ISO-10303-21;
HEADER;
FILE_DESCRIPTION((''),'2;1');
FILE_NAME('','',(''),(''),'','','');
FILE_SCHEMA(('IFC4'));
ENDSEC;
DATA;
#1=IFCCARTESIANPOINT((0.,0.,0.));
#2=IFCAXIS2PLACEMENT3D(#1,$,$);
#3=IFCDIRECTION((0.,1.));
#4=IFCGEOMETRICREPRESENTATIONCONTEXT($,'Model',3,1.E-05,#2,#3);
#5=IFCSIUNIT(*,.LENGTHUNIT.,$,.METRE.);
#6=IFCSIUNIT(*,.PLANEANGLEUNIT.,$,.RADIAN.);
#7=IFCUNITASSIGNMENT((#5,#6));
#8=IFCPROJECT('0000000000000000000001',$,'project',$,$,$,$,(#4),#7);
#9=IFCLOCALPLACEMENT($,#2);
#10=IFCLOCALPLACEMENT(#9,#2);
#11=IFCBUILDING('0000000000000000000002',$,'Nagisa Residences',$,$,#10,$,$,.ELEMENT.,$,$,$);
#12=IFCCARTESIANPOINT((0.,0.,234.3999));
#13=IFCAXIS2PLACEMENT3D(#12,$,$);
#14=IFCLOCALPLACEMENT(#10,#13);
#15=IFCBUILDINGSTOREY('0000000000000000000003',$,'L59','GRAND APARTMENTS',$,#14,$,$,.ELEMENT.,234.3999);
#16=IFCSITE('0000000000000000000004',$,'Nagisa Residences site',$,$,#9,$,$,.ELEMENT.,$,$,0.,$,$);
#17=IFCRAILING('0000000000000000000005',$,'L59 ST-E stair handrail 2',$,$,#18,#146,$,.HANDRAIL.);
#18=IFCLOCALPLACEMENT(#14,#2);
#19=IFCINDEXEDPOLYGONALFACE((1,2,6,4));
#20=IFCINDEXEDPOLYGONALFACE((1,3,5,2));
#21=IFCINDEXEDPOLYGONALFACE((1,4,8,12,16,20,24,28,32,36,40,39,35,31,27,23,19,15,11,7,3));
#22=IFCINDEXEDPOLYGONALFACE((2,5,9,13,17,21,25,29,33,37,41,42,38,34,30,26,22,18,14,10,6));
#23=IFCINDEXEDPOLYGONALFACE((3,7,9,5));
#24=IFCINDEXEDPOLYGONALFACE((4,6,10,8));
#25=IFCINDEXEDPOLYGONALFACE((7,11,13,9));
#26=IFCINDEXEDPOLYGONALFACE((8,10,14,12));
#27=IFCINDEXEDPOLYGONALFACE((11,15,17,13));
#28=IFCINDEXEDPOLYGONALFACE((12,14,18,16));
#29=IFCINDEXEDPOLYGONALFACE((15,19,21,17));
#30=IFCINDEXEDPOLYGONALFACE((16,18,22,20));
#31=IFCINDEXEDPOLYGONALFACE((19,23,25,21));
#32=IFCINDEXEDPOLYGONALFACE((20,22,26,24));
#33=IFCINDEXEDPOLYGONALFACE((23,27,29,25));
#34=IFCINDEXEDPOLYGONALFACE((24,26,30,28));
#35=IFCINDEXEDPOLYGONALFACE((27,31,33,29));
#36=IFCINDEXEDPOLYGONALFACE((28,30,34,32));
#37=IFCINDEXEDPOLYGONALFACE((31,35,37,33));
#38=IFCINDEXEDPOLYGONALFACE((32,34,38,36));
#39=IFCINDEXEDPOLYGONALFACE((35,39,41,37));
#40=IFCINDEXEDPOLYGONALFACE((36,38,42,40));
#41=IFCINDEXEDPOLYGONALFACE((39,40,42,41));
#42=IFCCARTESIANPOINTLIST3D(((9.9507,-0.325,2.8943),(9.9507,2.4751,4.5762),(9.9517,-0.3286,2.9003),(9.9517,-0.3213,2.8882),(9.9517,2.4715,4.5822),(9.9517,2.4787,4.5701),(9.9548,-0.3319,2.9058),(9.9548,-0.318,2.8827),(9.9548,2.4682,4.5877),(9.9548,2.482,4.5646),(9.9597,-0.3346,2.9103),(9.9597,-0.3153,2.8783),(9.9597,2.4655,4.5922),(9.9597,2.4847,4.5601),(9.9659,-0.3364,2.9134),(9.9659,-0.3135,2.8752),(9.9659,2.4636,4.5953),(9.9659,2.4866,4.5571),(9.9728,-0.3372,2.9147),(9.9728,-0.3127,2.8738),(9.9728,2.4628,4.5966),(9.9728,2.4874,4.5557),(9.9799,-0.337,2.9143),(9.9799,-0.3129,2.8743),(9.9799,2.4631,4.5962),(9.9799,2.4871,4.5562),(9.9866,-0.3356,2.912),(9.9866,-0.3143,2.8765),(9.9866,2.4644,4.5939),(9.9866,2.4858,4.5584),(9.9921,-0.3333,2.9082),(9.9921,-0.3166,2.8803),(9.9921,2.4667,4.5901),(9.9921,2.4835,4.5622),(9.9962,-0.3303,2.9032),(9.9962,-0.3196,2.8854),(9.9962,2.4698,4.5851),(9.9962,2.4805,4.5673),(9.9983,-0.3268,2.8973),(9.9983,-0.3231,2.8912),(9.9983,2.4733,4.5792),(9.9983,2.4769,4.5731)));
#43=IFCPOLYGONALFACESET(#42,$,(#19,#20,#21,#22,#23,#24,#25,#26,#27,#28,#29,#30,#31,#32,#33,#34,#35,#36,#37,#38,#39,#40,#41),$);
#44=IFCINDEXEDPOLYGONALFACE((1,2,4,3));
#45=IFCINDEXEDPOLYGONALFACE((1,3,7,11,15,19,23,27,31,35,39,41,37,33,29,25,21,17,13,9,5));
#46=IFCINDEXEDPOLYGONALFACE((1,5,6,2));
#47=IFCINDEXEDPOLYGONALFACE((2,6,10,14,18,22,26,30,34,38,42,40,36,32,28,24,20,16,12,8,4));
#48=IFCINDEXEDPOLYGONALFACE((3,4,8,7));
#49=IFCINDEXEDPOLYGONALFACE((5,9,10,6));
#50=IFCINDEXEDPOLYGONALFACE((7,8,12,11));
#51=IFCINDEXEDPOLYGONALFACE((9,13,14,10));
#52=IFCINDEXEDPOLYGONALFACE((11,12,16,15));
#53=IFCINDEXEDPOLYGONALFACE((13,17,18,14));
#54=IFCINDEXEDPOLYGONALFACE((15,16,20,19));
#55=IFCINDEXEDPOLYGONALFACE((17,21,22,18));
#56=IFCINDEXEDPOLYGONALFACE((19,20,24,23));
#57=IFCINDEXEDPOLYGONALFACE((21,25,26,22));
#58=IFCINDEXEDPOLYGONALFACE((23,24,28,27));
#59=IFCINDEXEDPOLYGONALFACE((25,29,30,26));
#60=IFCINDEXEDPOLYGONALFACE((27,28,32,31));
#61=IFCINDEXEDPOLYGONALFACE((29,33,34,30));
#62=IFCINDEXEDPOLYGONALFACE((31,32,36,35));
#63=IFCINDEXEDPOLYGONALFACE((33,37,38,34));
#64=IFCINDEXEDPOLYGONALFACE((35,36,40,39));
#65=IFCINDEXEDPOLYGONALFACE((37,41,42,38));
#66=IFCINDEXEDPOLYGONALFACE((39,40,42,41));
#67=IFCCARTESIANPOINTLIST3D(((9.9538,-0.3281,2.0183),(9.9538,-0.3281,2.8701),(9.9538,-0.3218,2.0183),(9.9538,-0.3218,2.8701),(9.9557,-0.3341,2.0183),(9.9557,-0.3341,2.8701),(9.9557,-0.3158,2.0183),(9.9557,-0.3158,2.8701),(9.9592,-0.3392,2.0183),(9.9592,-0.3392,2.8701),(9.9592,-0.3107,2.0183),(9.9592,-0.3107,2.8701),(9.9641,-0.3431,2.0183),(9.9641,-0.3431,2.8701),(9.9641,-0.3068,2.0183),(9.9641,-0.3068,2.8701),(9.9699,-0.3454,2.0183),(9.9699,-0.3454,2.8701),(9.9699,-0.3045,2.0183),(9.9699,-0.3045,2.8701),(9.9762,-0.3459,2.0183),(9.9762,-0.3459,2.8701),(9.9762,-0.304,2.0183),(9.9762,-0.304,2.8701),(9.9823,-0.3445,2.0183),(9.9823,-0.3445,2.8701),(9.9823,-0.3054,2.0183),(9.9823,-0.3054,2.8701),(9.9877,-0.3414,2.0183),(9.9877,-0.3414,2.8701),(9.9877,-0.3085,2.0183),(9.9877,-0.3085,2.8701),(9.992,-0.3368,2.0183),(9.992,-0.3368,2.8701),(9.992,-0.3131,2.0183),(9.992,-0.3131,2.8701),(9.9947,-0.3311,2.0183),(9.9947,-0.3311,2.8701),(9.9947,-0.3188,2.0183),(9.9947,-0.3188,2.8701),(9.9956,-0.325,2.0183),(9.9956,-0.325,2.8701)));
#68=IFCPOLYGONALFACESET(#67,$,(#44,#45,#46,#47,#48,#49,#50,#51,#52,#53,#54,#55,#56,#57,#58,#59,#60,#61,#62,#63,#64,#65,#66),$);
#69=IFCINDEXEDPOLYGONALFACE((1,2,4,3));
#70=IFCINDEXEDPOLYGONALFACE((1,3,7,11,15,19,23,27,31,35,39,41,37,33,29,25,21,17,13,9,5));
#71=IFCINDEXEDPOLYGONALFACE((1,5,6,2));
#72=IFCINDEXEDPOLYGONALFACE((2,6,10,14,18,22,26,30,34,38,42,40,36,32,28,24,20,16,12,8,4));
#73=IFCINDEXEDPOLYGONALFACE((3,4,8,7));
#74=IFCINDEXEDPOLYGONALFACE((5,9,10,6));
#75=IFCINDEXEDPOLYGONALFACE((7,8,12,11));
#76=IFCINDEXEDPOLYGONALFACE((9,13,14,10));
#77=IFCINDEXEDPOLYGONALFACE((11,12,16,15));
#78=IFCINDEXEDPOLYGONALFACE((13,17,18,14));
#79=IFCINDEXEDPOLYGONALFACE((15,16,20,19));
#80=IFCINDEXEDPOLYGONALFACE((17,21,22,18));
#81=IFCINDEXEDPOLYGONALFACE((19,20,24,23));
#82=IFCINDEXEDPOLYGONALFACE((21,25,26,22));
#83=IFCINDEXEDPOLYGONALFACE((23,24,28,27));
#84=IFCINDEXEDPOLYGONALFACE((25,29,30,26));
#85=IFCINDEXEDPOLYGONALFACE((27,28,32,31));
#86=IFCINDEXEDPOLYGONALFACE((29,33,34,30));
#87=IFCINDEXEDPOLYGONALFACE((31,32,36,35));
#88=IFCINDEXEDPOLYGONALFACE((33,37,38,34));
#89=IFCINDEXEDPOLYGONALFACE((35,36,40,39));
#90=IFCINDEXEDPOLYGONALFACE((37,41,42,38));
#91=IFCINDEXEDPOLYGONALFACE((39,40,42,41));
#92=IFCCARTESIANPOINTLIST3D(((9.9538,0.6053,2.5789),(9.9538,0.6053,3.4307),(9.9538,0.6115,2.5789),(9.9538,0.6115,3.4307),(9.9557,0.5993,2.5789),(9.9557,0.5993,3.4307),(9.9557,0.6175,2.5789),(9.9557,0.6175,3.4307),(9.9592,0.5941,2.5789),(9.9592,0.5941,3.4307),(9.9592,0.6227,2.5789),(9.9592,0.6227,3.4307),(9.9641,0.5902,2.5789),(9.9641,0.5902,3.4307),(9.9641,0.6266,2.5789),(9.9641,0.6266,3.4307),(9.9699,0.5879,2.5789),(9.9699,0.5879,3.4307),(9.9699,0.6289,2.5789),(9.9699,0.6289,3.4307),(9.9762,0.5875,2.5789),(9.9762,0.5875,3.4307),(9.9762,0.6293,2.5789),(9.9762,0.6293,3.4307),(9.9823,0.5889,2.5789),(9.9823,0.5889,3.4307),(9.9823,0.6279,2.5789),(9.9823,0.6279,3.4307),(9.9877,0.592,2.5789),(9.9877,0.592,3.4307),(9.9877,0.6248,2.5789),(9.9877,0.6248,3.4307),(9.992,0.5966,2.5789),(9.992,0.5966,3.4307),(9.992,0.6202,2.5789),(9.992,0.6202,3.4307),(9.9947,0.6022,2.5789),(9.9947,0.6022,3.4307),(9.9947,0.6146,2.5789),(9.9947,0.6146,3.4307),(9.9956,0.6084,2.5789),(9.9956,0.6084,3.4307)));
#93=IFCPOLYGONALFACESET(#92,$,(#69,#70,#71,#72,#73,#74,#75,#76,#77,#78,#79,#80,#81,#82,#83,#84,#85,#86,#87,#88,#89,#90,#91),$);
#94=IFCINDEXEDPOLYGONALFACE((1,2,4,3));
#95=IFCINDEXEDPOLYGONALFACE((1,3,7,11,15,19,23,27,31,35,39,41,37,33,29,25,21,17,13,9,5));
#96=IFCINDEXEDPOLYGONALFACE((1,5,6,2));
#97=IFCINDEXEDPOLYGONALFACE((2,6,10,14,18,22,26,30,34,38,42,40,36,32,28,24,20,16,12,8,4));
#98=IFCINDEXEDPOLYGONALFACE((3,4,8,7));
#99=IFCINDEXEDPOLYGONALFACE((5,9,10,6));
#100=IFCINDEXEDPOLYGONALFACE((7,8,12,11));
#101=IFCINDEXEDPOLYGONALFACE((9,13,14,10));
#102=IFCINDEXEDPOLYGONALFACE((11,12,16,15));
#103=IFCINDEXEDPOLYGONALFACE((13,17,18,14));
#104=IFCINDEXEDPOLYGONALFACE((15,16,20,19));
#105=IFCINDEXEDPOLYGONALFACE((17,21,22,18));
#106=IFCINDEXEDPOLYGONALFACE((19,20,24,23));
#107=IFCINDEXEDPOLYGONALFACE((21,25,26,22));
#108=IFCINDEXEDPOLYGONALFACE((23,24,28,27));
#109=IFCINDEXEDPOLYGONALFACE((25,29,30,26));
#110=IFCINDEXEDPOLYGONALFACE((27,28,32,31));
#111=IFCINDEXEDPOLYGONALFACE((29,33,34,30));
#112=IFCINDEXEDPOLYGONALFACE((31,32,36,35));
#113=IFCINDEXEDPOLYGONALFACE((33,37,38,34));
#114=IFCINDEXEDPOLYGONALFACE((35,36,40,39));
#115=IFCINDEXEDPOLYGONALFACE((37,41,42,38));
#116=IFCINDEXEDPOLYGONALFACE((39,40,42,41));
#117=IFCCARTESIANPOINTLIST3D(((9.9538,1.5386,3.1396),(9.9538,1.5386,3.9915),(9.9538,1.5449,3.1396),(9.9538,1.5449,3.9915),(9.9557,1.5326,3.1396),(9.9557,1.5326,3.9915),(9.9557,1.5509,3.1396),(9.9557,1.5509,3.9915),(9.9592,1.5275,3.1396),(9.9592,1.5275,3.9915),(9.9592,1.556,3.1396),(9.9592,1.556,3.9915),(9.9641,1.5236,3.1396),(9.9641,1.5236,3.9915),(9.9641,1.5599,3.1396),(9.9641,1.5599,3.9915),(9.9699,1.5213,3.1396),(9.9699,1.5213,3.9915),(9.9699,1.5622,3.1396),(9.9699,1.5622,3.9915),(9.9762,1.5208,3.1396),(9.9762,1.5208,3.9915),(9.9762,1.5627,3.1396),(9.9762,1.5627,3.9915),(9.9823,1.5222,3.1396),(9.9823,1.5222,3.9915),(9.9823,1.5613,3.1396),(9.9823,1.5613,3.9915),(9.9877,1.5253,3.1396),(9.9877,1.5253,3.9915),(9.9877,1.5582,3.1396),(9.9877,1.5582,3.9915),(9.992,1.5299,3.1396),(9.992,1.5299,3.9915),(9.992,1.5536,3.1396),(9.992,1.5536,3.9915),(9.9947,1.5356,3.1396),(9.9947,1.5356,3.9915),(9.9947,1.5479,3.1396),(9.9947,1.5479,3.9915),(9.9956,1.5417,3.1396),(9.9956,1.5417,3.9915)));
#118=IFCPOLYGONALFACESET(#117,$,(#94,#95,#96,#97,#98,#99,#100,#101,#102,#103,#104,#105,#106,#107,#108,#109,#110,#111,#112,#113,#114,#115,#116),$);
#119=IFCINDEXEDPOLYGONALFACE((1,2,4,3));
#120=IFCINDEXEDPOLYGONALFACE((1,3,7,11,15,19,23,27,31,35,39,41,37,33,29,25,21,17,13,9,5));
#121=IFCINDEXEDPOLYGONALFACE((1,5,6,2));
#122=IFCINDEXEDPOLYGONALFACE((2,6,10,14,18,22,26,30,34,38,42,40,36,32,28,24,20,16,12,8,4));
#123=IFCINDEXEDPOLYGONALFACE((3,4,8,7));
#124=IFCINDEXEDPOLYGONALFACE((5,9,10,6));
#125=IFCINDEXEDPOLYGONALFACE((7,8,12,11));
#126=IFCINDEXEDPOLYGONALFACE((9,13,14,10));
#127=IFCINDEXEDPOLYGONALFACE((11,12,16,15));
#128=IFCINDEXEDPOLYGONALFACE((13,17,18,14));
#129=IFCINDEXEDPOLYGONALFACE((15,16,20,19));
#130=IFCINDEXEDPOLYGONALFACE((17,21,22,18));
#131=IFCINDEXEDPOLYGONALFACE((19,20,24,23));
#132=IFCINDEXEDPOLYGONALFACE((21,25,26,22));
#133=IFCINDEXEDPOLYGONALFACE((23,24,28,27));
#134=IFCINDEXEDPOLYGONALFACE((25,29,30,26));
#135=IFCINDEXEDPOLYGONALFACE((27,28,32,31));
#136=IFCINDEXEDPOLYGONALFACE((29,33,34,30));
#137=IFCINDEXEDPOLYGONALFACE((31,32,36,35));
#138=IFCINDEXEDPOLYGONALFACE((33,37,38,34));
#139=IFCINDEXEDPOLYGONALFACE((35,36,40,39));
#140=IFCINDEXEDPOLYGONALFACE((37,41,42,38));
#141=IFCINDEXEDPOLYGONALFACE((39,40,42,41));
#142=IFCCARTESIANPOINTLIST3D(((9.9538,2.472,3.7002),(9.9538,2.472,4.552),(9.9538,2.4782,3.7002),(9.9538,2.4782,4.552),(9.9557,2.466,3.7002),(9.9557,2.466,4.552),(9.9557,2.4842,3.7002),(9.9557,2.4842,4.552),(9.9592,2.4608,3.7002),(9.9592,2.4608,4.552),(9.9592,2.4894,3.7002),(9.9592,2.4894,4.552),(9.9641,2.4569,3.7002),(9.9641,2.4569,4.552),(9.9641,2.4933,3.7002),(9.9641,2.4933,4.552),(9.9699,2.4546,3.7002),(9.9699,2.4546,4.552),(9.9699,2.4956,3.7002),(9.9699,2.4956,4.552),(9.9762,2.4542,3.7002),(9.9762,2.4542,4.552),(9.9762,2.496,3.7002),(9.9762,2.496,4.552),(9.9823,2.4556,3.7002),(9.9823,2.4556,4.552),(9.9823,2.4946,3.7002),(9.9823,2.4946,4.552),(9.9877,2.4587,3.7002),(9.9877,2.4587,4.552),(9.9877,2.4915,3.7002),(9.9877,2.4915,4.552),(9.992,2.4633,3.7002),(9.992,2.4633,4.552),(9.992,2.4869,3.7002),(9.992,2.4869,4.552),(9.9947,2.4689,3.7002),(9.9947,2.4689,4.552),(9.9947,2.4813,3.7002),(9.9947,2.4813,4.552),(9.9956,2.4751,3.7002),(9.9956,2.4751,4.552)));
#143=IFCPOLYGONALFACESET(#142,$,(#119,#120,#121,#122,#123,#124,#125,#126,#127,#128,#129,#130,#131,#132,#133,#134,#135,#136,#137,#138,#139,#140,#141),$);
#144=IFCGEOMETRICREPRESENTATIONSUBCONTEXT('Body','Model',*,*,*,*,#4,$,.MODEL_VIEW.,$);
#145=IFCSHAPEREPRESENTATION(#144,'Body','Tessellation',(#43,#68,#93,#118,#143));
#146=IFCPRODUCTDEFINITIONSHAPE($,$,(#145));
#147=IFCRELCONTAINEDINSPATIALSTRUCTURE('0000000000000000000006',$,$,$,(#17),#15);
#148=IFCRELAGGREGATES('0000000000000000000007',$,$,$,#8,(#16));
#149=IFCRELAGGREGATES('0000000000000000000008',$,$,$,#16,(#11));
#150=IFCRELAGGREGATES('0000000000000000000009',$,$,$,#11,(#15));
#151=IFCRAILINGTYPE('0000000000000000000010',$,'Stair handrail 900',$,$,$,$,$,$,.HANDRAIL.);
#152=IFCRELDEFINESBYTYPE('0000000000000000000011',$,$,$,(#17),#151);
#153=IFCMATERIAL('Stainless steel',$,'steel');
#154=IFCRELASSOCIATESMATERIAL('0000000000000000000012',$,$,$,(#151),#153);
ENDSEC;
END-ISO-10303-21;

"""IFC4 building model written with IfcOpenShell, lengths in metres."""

from ifc_helpers import new_model, si_unit, direction, frame, origin, origin_2d, place, context, subcontext, project, spatial, circle, extrude, material, type_object, element, save


model = new_model("IFC4")

# Units and contexts
model_context = context("Model", 3, precision=1e-05, world=origin(), true_north=direction((0.0, 1.0)))
body_context = subcontext(model_context, "Body", "Model", "MODEL_VIEW")
ifc_project = project(units=[si_unit("LENGTHUNIT", "METRE"), si_unit("PLANEANGLEUNIT", "RADIAN")], contexts=[model_context])

# Site, building, storey
site_placement = place(None, origin())
site = spatial("IfcSite", under=ifc_project, at=site_placement, Name="Nagisa Residences site", CompositionType="ELEMENT", RefElevation=0.0)
building_placement = place(site_placement, origin())
building = spatial("IfcBuilding", under=site, at=building_placement, Name="Nagisa Residences", CompositionType="ELEMENT")
storey_placement = place(building_placement, frame((0.0, 0.0, 234.3999)))
storey = spatial("IfcBuildingStorey", under=building, at=storey_placement, Name="L59", Description="GRAND APARTMENTS", CompositionType="ELEMENT", Elevation=234.3999)

# Railing
ifc_material_1 = material(Name="Stainless steel", Category="steel")
railing_type_1 = type_object("IfcRailingType", Name="Stair handrail 900", PredefinedType="HANDRAIL", material=ifc_material_1)
railing_1_placement = place(storey_placement, frame((9.9746, -0.325, 2.0183)))
element("IfcRailing", 1, at=railing_1_placement, inside=storey, type_object=railing_type_1, Name="L59 ST-E stair handrail 2", PredefinedType="HANDRAIL", context=body_context, shape_type="SweptSolid", body=[
    extrude(circle(Radius=0.0239, at=origin_2d()), frame((0.0, 0.0, 0.876), z_axis=(0.0, 0.857242, 0.514913), x_axis=(-1.0, 0.0, 0.0)), (0.0, 0.0, 1.0), 3.2664),
    extrude(circle(Radius=0.021, at=origin_2d()), origin(), (0.0, 0.0, 1.0), 0.8518),
    extrude(circle(Radius=0.021, at=origin_2d()), frame((0.0, 0.9333, 0.5605)), (0.0, 0.0, 1.0), 0.8518),
    extrude(circle(Radius=0.021, at=origin_2d()), frame((0.0, 1.8667, 1.1213)), (0.0, 0.0, 1.0), 0.8518),
    extrude(circle(Radius=0.021, at=origin_2d()), frame((0.0, 2.8, 1.6819)), (0.0, 0.0, 1.0), 0.8518),
])

save(model, "model.ifc")
